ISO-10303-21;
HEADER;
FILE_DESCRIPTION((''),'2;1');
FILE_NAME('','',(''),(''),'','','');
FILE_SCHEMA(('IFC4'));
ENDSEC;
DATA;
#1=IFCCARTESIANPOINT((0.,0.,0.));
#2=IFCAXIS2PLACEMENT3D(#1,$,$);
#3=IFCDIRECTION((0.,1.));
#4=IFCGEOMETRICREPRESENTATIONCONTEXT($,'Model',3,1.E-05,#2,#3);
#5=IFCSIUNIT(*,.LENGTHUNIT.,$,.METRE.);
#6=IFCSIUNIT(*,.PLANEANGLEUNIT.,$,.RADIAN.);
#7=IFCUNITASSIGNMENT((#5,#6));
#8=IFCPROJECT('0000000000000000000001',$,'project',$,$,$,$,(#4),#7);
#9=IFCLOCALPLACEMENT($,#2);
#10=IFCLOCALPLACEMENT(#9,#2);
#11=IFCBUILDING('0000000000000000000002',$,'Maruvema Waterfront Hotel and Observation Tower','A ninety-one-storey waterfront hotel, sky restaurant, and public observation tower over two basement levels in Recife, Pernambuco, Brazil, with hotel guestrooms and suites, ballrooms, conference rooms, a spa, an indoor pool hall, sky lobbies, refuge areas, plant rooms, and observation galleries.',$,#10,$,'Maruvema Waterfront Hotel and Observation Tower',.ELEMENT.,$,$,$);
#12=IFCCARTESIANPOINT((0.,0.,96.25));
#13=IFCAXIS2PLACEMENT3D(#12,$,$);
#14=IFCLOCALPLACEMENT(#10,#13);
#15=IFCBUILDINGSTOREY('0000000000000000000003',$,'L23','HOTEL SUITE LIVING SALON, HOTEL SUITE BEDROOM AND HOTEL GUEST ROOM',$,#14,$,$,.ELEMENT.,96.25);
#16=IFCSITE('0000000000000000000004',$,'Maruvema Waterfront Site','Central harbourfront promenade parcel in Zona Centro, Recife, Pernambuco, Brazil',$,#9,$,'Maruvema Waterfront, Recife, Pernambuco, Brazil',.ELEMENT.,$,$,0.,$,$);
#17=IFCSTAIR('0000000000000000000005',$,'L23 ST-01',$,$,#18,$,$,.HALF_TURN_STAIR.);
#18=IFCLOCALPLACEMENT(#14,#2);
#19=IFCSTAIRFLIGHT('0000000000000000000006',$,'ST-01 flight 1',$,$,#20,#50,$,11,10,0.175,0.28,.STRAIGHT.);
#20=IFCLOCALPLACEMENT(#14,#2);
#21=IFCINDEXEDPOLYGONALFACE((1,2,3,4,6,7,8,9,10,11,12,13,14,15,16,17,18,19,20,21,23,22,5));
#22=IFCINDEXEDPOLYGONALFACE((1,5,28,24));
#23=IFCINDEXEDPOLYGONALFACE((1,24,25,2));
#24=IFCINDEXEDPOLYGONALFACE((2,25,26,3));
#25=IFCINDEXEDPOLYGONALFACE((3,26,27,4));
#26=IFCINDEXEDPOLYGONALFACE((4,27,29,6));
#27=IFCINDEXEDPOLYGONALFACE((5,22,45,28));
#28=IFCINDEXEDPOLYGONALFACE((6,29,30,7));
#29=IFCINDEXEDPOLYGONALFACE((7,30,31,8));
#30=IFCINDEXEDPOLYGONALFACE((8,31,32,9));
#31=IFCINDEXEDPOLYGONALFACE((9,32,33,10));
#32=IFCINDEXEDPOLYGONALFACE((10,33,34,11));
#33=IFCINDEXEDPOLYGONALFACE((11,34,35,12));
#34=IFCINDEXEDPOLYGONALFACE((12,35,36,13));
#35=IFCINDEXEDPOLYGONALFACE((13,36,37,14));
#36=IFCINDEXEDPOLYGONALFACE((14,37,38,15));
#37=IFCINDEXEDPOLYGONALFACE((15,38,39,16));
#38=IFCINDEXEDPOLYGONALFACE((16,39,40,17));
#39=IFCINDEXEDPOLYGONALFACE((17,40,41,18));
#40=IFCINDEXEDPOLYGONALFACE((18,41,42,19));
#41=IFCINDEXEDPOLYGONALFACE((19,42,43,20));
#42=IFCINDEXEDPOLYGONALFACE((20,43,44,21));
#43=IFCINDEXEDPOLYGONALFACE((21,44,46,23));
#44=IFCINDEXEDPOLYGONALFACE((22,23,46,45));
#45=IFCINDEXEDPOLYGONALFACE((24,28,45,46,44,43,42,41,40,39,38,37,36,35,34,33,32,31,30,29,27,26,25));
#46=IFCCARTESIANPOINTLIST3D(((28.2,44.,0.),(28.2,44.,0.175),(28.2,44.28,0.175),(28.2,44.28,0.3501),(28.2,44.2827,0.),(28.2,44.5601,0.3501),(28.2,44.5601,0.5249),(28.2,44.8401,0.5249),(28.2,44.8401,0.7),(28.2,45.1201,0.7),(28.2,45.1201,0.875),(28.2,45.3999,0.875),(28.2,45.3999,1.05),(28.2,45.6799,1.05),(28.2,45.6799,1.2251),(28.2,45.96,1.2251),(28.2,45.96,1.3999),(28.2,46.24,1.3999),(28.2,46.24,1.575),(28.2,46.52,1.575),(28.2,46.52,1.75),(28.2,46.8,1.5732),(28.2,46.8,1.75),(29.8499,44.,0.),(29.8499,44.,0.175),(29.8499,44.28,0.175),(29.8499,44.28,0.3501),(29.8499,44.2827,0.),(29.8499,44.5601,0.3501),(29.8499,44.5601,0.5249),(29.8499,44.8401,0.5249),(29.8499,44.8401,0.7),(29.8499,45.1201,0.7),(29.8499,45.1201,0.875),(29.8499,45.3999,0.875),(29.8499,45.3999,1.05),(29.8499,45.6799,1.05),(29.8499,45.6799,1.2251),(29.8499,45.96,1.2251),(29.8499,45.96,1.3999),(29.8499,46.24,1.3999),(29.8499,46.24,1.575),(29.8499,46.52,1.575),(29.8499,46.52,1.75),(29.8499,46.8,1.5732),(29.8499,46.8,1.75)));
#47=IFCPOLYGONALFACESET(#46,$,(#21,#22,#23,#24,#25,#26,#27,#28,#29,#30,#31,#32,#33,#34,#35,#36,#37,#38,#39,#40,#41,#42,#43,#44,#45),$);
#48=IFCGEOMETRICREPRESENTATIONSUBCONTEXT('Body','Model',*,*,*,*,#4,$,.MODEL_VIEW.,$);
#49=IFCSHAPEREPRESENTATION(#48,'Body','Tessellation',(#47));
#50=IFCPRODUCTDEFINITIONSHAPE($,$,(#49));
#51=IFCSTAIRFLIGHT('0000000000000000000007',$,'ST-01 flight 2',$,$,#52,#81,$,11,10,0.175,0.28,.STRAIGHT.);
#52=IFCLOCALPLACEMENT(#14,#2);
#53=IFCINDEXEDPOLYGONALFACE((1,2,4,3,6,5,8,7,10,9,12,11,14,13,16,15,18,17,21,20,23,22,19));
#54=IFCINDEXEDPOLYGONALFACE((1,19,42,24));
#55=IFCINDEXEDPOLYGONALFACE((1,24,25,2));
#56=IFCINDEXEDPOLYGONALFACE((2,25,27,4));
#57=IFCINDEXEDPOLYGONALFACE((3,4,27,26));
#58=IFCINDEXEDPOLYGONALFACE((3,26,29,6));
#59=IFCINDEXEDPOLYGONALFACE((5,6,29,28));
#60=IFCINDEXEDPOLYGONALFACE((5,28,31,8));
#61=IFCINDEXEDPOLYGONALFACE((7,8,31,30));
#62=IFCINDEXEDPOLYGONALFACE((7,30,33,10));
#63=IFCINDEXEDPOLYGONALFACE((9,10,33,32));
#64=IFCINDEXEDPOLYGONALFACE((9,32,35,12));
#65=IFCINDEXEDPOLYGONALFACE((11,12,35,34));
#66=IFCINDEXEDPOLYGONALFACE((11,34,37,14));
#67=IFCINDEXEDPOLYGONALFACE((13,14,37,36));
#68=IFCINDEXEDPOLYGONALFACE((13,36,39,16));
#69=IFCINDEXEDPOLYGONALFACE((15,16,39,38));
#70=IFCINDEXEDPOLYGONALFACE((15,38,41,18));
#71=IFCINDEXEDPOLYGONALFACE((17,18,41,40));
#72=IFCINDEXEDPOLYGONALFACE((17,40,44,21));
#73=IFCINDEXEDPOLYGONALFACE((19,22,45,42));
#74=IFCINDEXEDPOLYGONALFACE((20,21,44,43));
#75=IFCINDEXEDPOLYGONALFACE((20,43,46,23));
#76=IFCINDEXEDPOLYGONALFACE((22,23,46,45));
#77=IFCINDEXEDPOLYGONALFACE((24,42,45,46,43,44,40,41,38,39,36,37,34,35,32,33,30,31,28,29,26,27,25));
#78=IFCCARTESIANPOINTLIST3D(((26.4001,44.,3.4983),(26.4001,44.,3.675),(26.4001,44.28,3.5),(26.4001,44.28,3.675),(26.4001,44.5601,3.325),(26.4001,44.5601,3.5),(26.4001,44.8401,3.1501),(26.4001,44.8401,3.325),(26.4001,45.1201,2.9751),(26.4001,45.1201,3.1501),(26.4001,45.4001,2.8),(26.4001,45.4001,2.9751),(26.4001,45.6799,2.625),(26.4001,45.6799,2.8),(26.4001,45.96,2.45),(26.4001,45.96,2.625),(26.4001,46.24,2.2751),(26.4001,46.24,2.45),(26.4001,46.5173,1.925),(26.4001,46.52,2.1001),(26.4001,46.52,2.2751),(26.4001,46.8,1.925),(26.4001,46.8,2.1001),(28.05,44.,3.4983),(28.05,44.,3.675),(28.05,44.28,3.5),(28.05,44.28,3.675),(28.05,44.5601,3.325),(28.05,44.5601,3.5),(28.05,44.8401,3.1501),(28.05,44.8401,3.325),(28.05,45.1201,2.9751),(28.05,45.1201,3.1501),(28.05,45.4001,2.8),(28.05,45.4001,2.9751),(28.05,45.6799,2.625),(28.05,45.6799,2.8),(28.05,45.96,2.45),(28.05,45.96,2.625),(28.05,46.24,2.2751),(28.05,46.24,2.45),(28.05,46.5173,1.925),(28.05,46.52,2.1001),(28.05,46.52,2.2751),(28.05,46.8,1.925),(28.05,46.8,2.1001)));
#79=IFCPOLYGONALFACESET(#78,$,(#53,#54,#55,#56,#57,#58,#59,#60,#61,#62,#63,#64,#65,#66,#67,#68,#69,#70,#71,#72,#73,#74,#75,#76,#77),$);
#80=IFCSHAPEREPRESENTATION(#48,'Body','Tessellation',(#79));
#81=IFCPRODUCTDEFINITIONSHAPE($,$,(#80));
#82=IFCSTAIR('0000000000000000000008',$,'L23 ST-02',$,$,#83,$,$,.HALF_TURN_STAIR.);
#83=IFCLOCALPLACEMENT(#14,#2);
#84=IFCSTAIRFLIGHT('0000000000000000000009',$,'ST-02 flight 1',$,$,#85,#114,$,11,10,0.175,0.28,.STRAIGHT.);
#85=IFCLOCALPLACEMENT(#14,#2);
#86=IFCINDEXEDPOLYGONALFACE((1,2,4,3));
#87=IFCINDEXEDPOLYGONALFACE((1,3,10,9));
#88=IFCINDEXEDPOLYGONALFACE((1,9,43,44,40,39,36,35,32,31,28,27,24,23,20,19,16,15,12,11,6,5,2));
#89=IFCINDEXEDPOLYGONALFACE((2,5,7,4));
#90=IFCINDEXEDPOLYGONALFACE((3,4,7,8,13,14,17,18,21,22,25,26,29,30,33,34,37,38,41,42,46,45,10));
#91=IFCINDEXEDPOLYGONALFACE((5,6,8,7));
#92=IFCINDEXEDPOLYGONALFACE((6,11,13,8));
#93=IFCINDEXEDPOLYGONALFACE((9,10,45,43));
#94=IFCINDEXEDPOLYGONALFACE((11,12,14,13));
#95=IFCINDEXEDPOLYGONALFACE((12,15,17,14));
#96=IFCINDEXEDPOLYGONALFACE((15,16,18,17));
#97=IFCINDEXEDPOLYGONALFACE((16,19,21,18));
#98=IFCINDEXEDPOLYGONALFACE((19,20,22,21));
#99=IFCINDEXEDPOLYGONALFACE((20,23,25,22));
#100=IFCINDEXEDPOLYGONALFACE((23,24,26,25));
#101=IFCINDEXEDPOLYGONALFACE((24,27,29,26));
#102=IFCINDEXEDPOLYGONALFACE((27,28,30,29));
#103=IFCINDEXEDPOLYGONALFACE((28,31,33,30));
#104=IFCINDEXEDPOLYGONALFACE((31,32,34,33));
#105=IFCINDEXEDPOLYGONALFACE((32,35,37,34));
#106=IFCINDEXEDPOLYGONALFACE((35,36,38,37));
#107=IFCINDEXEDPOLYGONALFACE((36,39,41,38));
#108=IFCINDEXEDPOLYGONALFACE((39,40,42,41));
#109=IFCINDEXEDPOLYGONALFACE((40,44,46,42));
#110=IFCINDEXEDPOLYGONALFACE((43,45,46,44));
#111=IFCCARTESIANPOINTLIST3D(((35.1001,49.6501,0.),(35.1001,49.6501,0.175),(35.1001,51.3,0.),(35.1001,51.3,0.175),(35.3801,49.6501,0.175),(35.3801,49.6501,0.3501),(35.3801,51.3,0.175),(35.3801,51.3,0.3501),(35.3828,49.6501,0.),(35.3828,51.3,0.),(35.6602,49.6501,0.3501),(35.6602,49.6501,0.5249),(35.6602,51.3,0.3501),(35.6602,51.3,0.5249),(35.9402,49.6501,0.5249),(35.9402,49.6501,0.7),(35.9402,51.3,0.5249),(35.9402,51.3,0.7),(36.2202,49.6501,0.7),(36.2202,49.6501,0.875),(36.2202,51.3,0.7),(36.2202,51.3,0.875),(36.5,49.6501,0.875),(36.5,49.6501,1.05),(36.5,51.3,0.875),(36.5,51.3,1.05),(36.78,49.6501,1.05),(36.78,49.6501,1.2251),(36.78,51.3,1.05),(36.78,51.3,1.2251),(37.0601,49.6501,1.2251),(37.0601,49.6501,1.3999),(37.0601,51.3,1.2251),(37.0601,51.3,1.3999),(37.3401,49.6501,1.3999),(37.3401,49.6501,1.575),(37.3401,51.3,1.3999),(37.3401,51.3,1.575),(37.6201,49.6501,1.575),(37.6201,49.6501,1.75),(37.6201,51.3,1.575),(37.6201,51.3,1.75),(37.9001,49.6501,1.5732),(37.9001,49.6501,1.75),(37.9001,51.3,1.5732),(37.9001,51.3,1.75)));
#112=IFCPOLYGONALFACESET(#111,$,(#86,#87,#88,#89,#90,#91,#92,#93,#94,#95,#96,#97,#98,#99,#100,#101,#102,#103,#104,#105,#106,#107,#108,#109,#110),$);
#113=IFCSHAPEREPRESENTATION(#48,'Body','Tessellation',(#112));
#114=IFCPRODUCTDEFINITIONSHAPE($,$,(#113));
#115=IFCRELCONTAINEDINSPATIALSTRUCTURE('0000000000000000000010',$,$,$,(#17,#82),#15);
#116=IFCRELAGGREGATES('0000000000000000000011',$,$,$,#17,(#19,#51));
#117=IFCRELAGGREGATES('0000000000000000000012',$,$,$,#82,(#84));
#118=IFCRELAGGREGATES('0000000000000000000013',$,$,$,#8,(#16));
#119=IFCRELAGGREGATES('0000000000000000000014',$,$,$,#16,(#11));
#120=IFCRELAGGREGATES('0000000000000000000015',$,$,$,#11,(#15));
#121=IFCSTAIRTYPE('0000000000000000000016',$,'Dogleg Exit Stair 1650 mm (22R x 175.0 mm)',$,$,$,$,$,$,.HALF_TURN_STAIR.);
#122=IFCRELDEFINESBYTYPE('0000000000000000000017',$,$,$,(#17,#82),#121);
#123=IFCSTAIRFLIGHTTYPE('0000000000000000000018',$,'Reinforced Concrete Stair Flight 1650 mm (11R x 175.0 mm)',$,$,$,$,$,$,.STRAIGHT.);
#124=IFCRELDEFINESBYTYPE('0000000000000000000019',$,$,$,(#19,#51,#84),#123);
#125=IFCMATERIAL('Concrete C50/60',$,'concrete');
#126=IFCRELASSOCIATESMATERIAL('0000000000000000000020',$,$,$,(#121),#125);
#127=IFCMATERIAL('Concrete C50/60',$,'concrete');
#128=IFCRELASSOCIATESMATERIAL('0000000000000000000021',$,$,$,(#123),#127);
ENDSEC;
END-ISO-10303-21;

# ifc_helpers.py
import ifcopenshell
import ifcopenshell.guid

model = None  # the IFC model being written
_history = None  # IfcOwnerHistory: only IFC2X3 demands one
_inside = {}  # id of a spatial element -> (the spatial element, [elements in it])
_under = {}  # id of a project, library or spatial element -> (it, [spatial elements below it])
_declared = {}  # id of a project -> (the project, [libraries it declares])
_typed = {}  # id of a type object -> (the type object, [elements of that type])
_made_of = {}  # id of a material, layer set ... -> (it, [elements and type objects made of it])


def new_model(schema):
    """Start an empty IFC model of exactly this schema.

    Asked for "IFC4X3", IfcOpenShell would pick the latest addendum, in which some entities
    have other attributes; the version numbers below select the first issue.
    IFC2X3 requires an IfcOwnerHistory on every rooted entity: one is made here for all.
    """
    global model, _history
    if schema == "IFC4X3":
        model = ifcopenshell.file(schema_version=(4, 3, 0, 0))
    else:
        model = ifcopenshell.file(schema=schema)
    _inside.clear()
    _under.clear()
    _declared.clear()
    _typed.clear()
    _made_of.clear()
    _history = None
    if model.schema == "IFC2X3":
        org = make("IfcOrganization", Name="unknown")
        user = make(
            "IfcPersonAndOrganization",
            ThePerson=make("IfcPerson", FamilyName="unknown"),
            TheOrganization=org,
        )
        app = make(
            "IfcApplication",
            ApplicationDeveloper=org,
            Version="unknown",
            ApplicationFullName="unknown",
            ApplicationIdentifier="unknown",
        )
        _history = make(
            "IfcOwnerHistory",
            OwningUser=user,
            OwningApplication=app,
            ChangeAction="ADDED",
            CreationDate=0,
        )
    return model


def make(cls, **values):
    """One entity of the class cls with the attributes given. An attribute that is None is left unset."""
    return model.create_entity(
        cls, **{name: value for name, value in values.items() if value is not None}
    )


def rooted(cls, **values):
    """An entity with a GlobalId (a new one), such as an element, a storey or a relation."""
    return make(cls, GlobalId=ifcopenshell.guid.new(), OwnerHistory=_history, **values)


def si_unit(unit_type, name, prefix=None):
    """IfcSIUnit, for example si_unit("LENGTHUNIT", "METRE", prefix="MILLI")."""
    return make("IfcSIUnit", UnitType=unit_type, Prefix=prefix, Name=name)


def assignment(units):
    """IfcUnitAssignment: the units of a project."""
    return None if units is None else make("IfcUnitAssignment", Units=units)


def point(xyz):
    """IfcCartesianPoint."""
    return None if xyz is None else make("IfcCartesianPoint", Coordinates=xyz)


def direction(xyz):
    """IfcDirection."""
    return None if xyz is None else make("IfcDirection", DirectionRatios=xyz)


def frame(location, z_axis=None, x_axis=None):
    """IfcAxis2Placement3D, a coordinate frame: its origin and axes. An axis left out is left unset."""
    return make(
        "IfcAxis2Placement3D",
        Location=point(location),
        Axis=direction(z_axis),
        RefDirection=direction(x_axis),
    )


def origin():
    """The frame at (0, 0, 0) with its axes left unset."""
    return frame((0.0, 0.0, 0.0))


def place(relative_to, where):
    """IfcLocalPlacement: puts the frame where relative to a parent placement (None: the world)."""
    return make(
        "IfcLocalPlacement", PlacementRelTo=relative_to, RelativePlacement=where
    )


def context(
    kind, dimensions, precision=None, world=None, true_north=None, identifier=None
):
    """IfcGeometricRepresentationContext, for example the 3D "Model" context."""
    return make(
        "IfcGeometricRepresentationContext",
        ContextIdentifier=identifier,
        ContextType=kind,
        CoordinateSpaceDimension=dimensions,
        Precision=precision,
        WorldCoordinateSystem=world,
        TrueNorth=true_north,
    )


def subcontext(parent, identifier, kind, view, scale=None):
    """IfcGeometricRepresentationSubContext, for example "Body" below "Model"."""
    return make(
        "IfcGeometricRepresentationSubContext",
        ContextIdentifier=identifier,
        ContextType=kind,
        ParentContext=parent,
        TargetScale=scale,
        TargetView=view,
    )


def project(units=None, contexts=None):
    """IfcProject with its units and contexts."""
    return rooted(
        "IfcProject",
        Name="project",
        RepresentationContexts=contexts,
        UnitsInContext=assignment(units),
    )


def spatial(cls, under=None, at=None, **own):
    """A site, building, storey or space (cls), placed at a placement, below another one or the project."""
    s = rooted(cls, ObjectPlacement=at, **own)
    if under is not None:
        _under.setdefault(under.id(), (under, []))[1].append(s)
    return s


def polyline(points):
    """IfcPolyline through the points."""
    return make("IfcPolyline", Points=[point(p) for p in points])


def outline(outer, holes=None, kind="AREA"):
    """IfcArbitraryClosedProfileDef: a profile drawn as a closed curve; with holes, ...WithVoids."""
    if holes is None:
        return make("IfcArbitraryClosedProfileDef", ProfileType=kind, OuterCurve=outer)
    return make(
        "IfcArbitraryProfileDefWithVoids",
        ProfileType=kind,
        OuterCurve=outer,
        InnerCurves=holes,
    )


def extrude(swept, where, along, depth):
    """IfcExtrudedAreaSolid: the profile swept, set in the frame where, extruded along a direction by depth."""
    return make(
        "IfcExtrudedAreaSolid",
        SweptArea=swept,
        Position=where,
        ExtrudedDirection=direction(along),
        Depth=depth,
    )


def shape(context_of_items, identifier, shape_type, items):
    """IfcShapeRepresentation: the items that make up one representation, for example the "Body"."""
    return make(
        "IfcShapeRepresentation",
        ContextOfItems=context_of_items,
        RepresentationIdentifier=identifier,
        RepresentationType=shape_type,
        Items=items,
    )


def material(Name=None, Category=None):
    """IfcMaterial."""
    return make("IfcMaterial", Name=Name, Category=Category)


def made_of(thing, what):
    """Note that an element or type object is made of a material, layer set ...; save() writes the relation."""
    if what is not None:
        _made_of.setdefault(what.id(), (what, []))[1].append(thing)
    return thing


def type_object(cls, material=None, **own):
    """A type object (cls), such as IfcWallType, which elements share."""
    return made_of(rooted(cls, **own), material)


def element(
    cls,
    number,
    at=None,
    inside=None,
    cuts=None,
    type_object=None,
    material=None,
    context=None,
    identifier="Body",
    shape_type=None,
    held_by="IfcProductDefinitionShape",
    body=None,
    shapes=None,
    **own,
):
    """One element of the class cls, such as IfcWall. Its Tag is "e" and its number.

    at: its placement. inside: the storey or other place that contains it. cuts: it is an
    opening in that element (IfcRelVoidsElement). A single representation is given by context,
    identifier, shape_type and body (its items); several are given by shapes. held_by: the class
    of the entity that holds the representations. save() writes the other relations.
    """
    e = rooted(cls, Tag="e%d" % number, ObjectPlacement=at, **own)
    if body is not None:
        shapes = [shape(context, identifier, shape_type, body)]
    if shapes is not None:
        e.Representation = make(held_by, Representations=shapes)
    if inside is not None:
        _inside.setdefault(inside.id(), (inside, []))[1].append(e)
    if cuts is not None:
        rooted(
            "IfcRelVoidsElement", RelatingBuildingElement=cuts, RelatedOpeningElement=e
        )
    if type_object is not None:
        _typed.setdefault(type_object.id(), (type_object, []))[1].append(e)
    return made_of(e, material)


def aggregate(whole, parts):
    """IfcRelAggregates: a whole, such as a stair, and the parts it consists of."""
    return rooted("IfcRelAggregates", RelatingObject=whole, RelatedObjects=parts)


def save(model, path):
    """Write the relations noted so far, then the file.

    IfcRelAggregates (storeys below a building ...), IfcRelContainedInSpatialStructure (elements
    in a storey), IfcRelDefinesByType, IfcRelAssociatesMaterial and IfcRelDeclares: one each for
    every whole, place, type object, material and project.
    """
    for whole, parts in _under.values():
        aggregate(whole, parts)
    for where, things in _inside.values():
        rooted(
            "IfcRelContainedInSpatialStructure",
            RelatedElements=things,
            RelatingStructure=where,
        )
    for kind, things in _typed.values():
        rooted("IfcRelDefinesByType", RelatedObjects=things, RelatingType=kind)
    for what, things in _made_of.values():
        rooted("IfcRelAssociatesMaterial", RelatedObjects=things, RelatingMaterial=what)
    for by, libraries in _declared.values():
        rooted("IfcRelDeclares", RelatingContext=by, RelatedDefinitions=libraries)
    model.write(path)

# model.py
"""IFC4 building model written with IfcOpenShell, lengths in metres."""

from ifc_helpers import new_model, si_unit, direction, frame, origin, place, context, subcontext, project, spatial, polyline, outline, extrude, material, type_object, element, aggregate, save


model = new_model("IFC4")

# Units and contexts
model_context = context("Model", 3, precision=1e-05, world=origin(), true_north=direction((0.0, 1.0)))
body_context = subcontext(model_context, "Body", "Model", "MODEL_VIEW")
ifc_project = project(units=[si_unit("LENGTHUNIT", "METRE"), si_unit("PLANEANGLEUNIT", "RADIAN")], contexts=[model_context])

# Site, building, storey
site_placement = place(None, origin())
site = spatial("IfcSite", under=ifc_project, at=site_placement, Name="Maruvema Waterfront Site", Description="Central harbourfront promenade parcel in Zona Centro, Recife, Pernambuco, Brazil", LongName="Maruvema Waterfront, Recife, Pernambuco, Brazil", CompositionType="ELEMENT", RefElevation=0.0)
building_placement = place(site_placement, origin())
building = spatial("IfcBuilding", under=site, at=building_placement, Name="Maruvema Waterfront Hotel and Observation Tower", Description="A ninety-one-storey waterfront hotel, sky restaurant, and public observation tower over two basement levels in Recife, Pernambuco, Brazil, with hotel guestrooms and suites, ballrooms, conference rooms, a spa, an indoor pool hall, sky lobbies, refuge areas, plant rooms, and observation galleries.", LongName="Maruvema Waterfront Hotel and Observation Tower", CompositionType="ELEMENT")
storey_placement = place(building_placement, frame((0.0, 0.0, 96.25)))
storey = spatial("IfcBuildingStorey", under=building, at=storey_placement, Name="L23", Description="HOTEL SUITE LIVING SALON, HOTEL SUITE BEDROOM AND HOTEL GUEST ROOM", CompositionType="ELEMENT", Elevation=96.25)

# Stair, stair flights
ifc_material_1 = material(Name="Concrete C50/60", Category="concrete")
stair_type = type_object("IfcStairType", Name="Dogleg Exit Stair 1650 mm (22R x 175.0 mm)", PredefinedType="HALF_TURN_STAIR", material=ifc_material_1)
stair_1_placement = place(storey_placement, origin())
stair_1 = element("IfcStair", 1, at=stair_1_placement, inside=storey, type_object=stair_type, Name="L23 ST-01", PredefinedType="HALF_TURN_STAIR")
ifc_material_2 = material(Name="Concrete C50/60", Category="concrete")
stair_flight_type = type_object("IfcStairFlightType", Name="Reinforced Concrete Stair Flight 1650 mm (11R x 175.0 mm)", PredefinedType="STRAIGHT", material=ifc_material_2)
stair_flight_1_placement = place(storey_placement, frame((29.0249, 44.0, 0.0), z_axis=(0.0, 0.0, 1.0), x_axis=(0.0, 1.0, 0.0)))
stair_flight_1 = element("IfcStairFlight", 2, at=stair_flight_1_placement, type_object=stair_flight_type, Name="ST-01 flight 1", NumberOfRisers=11, NumberOfTreads=10, PredefinedType="STRAIGHT", RiserHeight=0.175, TreadLength=0.28, context=body_context, shape_type="SweptSolid", body=[
    extrude(outline(polyline([(0.0, 0.0), (0.0, 0.175), (0.28, 0.175), (0.28, 0.3501), (0.5601, 0.3501), (0.5601, 0.5249), (0.8401, 0.5249), (0.8401, 0.7), (1.1201, 0.7), (1.1201, 0.875), (1.3999, 0.875), (1.3999, 1.05), (1.6799, 1.05), (1.6799, 1.2251), (1.96, 1.2251), (1.96, 1.3999), (2.24, 1.3999), (2.24, 1.575), (2.52, 1.575), (2.52, 1.75), (2.8, 1.75), (2.8, 1.925), (2.8, 1.5732), (0.2827, 0.0), (0.0, 0.0)])), frame((0.0, 0.825, 0.0), z_axis=(0.0, -1.0, 0.0), x_axis=(1.0, 0.0, 0.0)), (0.0, 0.0, 1.0), 1.6499),
])
stair_flight_2_placement = place(storey_placement, frame((27.2251, 46.8, 1.925), z_axis=(0.0, 0.0, 1.0), x_axis=(0.0, -1.0, 0.0)))
stair_flight_2 = element("IfcStairFlight", 3, at=stair_flight_2_placement, type_object=stair_flight_type, Name="ST-01 flight 2", NumberOfRisers=11, NumberOfTreads=10, PredefinedType="STRAIGHT", RiserHeight=0.175, TreadLength=0.28, context=body_context, shape_type="SweptSolid", body=[
    extrude(outline(polyline([(0.0, 0.0), (0.0, 0.175), (0.28, 0.175), (0.28, 0.3501), (0.5601, 0.3501), (0.5601, 0.5249), (0.8401, 0.5249), (0.8401, 0.7), (1.1201, 0.7), (1.1201, 0.875), (1.3999, 0.875), (1.3999, 1.05), (1.6799, 1.05), (1.6799, 1.2251), (1.96, 1.2251), (1.96, 1.3999), (2.24, 1.3999), (2.24, 1.575), (2.52, 1.575), (2.52, 1.75), (2.8, 1.75), (2.8, 1.925), (2.8, 1.5732), (0.2827, 0.0), (0.0, 0.0)])), frame((0.0, 0.825, 0.0), z_axis=(0.0, -1.0, 0.0), x_axis=(1.0, 0.0, 0.0)), (0.0, 0.0, 1.0), 1.6499),
])
aggregate(stair_1, [stair_flight_1, stair_flight_2])

# Stair, stair flight
stair_2_placement = place(storey_placement, origin())
stair_2 = element("IfcStair", 4, at=stair_2_placement, inside=storey, type_object=stair_type, Name="L23 ST-02", PredefinedType="HALF_TURN_STAIR")
stair_flight_3_placement = place(storey_placement, frame((35.1001, 50.4751, 0.0), z_axis=(0.0, 0.0, 1.0), x_axis=(1.0, 0.0, 0.0)))
stair_flight_3 = element("IfcStairFlight", 5, at=stair_flight_3_placement, type_object=stair_flight_type, Name="ST-02 flight 1", NumberOfRisers=11, NumberOfTreads=10, PredefinedType="STRAIGHT", RiserHeight=0.175, TreadLength=0.28, context=body_context, shape_type="SweptSolid", body=[
    extrude(outline(polyline([(0.0, 0.0), (0.0, 0.175), (0.28, 0.175), (0.28, 0.3501), (0.5601, 0.3501), (0.5601, 0.5249), (0.8401, 0.5249), (0.8401, 0.7), (1.1201, 0.7), (1.1201, 0.875), (1.3999, 0.875), (1.3999, 1.05), (1.6799, 1.05), (1.6799, 1.2251), (1.96, 1.2251), (1.96, 1.3999), (2.24, 1.3999), (2.24, 1.575), (2.52, 1.575), (2.52, 1.75), (2.8, 1.75), (2.8, 1.925), (2.8, 1.5732), (0.2827, 0.0), (0.0, 0.0)])), frame((0.0, 0.825, 0.0), z_axis=(0.0, -1.0, 0.0), x_axis=(1.0, 0.0, 0.0)), (0.0, 0.0, 1.0), 1.6499),
])
aggregate(stair_2, [stair_flight_3])

save(model, "model.ifc")
